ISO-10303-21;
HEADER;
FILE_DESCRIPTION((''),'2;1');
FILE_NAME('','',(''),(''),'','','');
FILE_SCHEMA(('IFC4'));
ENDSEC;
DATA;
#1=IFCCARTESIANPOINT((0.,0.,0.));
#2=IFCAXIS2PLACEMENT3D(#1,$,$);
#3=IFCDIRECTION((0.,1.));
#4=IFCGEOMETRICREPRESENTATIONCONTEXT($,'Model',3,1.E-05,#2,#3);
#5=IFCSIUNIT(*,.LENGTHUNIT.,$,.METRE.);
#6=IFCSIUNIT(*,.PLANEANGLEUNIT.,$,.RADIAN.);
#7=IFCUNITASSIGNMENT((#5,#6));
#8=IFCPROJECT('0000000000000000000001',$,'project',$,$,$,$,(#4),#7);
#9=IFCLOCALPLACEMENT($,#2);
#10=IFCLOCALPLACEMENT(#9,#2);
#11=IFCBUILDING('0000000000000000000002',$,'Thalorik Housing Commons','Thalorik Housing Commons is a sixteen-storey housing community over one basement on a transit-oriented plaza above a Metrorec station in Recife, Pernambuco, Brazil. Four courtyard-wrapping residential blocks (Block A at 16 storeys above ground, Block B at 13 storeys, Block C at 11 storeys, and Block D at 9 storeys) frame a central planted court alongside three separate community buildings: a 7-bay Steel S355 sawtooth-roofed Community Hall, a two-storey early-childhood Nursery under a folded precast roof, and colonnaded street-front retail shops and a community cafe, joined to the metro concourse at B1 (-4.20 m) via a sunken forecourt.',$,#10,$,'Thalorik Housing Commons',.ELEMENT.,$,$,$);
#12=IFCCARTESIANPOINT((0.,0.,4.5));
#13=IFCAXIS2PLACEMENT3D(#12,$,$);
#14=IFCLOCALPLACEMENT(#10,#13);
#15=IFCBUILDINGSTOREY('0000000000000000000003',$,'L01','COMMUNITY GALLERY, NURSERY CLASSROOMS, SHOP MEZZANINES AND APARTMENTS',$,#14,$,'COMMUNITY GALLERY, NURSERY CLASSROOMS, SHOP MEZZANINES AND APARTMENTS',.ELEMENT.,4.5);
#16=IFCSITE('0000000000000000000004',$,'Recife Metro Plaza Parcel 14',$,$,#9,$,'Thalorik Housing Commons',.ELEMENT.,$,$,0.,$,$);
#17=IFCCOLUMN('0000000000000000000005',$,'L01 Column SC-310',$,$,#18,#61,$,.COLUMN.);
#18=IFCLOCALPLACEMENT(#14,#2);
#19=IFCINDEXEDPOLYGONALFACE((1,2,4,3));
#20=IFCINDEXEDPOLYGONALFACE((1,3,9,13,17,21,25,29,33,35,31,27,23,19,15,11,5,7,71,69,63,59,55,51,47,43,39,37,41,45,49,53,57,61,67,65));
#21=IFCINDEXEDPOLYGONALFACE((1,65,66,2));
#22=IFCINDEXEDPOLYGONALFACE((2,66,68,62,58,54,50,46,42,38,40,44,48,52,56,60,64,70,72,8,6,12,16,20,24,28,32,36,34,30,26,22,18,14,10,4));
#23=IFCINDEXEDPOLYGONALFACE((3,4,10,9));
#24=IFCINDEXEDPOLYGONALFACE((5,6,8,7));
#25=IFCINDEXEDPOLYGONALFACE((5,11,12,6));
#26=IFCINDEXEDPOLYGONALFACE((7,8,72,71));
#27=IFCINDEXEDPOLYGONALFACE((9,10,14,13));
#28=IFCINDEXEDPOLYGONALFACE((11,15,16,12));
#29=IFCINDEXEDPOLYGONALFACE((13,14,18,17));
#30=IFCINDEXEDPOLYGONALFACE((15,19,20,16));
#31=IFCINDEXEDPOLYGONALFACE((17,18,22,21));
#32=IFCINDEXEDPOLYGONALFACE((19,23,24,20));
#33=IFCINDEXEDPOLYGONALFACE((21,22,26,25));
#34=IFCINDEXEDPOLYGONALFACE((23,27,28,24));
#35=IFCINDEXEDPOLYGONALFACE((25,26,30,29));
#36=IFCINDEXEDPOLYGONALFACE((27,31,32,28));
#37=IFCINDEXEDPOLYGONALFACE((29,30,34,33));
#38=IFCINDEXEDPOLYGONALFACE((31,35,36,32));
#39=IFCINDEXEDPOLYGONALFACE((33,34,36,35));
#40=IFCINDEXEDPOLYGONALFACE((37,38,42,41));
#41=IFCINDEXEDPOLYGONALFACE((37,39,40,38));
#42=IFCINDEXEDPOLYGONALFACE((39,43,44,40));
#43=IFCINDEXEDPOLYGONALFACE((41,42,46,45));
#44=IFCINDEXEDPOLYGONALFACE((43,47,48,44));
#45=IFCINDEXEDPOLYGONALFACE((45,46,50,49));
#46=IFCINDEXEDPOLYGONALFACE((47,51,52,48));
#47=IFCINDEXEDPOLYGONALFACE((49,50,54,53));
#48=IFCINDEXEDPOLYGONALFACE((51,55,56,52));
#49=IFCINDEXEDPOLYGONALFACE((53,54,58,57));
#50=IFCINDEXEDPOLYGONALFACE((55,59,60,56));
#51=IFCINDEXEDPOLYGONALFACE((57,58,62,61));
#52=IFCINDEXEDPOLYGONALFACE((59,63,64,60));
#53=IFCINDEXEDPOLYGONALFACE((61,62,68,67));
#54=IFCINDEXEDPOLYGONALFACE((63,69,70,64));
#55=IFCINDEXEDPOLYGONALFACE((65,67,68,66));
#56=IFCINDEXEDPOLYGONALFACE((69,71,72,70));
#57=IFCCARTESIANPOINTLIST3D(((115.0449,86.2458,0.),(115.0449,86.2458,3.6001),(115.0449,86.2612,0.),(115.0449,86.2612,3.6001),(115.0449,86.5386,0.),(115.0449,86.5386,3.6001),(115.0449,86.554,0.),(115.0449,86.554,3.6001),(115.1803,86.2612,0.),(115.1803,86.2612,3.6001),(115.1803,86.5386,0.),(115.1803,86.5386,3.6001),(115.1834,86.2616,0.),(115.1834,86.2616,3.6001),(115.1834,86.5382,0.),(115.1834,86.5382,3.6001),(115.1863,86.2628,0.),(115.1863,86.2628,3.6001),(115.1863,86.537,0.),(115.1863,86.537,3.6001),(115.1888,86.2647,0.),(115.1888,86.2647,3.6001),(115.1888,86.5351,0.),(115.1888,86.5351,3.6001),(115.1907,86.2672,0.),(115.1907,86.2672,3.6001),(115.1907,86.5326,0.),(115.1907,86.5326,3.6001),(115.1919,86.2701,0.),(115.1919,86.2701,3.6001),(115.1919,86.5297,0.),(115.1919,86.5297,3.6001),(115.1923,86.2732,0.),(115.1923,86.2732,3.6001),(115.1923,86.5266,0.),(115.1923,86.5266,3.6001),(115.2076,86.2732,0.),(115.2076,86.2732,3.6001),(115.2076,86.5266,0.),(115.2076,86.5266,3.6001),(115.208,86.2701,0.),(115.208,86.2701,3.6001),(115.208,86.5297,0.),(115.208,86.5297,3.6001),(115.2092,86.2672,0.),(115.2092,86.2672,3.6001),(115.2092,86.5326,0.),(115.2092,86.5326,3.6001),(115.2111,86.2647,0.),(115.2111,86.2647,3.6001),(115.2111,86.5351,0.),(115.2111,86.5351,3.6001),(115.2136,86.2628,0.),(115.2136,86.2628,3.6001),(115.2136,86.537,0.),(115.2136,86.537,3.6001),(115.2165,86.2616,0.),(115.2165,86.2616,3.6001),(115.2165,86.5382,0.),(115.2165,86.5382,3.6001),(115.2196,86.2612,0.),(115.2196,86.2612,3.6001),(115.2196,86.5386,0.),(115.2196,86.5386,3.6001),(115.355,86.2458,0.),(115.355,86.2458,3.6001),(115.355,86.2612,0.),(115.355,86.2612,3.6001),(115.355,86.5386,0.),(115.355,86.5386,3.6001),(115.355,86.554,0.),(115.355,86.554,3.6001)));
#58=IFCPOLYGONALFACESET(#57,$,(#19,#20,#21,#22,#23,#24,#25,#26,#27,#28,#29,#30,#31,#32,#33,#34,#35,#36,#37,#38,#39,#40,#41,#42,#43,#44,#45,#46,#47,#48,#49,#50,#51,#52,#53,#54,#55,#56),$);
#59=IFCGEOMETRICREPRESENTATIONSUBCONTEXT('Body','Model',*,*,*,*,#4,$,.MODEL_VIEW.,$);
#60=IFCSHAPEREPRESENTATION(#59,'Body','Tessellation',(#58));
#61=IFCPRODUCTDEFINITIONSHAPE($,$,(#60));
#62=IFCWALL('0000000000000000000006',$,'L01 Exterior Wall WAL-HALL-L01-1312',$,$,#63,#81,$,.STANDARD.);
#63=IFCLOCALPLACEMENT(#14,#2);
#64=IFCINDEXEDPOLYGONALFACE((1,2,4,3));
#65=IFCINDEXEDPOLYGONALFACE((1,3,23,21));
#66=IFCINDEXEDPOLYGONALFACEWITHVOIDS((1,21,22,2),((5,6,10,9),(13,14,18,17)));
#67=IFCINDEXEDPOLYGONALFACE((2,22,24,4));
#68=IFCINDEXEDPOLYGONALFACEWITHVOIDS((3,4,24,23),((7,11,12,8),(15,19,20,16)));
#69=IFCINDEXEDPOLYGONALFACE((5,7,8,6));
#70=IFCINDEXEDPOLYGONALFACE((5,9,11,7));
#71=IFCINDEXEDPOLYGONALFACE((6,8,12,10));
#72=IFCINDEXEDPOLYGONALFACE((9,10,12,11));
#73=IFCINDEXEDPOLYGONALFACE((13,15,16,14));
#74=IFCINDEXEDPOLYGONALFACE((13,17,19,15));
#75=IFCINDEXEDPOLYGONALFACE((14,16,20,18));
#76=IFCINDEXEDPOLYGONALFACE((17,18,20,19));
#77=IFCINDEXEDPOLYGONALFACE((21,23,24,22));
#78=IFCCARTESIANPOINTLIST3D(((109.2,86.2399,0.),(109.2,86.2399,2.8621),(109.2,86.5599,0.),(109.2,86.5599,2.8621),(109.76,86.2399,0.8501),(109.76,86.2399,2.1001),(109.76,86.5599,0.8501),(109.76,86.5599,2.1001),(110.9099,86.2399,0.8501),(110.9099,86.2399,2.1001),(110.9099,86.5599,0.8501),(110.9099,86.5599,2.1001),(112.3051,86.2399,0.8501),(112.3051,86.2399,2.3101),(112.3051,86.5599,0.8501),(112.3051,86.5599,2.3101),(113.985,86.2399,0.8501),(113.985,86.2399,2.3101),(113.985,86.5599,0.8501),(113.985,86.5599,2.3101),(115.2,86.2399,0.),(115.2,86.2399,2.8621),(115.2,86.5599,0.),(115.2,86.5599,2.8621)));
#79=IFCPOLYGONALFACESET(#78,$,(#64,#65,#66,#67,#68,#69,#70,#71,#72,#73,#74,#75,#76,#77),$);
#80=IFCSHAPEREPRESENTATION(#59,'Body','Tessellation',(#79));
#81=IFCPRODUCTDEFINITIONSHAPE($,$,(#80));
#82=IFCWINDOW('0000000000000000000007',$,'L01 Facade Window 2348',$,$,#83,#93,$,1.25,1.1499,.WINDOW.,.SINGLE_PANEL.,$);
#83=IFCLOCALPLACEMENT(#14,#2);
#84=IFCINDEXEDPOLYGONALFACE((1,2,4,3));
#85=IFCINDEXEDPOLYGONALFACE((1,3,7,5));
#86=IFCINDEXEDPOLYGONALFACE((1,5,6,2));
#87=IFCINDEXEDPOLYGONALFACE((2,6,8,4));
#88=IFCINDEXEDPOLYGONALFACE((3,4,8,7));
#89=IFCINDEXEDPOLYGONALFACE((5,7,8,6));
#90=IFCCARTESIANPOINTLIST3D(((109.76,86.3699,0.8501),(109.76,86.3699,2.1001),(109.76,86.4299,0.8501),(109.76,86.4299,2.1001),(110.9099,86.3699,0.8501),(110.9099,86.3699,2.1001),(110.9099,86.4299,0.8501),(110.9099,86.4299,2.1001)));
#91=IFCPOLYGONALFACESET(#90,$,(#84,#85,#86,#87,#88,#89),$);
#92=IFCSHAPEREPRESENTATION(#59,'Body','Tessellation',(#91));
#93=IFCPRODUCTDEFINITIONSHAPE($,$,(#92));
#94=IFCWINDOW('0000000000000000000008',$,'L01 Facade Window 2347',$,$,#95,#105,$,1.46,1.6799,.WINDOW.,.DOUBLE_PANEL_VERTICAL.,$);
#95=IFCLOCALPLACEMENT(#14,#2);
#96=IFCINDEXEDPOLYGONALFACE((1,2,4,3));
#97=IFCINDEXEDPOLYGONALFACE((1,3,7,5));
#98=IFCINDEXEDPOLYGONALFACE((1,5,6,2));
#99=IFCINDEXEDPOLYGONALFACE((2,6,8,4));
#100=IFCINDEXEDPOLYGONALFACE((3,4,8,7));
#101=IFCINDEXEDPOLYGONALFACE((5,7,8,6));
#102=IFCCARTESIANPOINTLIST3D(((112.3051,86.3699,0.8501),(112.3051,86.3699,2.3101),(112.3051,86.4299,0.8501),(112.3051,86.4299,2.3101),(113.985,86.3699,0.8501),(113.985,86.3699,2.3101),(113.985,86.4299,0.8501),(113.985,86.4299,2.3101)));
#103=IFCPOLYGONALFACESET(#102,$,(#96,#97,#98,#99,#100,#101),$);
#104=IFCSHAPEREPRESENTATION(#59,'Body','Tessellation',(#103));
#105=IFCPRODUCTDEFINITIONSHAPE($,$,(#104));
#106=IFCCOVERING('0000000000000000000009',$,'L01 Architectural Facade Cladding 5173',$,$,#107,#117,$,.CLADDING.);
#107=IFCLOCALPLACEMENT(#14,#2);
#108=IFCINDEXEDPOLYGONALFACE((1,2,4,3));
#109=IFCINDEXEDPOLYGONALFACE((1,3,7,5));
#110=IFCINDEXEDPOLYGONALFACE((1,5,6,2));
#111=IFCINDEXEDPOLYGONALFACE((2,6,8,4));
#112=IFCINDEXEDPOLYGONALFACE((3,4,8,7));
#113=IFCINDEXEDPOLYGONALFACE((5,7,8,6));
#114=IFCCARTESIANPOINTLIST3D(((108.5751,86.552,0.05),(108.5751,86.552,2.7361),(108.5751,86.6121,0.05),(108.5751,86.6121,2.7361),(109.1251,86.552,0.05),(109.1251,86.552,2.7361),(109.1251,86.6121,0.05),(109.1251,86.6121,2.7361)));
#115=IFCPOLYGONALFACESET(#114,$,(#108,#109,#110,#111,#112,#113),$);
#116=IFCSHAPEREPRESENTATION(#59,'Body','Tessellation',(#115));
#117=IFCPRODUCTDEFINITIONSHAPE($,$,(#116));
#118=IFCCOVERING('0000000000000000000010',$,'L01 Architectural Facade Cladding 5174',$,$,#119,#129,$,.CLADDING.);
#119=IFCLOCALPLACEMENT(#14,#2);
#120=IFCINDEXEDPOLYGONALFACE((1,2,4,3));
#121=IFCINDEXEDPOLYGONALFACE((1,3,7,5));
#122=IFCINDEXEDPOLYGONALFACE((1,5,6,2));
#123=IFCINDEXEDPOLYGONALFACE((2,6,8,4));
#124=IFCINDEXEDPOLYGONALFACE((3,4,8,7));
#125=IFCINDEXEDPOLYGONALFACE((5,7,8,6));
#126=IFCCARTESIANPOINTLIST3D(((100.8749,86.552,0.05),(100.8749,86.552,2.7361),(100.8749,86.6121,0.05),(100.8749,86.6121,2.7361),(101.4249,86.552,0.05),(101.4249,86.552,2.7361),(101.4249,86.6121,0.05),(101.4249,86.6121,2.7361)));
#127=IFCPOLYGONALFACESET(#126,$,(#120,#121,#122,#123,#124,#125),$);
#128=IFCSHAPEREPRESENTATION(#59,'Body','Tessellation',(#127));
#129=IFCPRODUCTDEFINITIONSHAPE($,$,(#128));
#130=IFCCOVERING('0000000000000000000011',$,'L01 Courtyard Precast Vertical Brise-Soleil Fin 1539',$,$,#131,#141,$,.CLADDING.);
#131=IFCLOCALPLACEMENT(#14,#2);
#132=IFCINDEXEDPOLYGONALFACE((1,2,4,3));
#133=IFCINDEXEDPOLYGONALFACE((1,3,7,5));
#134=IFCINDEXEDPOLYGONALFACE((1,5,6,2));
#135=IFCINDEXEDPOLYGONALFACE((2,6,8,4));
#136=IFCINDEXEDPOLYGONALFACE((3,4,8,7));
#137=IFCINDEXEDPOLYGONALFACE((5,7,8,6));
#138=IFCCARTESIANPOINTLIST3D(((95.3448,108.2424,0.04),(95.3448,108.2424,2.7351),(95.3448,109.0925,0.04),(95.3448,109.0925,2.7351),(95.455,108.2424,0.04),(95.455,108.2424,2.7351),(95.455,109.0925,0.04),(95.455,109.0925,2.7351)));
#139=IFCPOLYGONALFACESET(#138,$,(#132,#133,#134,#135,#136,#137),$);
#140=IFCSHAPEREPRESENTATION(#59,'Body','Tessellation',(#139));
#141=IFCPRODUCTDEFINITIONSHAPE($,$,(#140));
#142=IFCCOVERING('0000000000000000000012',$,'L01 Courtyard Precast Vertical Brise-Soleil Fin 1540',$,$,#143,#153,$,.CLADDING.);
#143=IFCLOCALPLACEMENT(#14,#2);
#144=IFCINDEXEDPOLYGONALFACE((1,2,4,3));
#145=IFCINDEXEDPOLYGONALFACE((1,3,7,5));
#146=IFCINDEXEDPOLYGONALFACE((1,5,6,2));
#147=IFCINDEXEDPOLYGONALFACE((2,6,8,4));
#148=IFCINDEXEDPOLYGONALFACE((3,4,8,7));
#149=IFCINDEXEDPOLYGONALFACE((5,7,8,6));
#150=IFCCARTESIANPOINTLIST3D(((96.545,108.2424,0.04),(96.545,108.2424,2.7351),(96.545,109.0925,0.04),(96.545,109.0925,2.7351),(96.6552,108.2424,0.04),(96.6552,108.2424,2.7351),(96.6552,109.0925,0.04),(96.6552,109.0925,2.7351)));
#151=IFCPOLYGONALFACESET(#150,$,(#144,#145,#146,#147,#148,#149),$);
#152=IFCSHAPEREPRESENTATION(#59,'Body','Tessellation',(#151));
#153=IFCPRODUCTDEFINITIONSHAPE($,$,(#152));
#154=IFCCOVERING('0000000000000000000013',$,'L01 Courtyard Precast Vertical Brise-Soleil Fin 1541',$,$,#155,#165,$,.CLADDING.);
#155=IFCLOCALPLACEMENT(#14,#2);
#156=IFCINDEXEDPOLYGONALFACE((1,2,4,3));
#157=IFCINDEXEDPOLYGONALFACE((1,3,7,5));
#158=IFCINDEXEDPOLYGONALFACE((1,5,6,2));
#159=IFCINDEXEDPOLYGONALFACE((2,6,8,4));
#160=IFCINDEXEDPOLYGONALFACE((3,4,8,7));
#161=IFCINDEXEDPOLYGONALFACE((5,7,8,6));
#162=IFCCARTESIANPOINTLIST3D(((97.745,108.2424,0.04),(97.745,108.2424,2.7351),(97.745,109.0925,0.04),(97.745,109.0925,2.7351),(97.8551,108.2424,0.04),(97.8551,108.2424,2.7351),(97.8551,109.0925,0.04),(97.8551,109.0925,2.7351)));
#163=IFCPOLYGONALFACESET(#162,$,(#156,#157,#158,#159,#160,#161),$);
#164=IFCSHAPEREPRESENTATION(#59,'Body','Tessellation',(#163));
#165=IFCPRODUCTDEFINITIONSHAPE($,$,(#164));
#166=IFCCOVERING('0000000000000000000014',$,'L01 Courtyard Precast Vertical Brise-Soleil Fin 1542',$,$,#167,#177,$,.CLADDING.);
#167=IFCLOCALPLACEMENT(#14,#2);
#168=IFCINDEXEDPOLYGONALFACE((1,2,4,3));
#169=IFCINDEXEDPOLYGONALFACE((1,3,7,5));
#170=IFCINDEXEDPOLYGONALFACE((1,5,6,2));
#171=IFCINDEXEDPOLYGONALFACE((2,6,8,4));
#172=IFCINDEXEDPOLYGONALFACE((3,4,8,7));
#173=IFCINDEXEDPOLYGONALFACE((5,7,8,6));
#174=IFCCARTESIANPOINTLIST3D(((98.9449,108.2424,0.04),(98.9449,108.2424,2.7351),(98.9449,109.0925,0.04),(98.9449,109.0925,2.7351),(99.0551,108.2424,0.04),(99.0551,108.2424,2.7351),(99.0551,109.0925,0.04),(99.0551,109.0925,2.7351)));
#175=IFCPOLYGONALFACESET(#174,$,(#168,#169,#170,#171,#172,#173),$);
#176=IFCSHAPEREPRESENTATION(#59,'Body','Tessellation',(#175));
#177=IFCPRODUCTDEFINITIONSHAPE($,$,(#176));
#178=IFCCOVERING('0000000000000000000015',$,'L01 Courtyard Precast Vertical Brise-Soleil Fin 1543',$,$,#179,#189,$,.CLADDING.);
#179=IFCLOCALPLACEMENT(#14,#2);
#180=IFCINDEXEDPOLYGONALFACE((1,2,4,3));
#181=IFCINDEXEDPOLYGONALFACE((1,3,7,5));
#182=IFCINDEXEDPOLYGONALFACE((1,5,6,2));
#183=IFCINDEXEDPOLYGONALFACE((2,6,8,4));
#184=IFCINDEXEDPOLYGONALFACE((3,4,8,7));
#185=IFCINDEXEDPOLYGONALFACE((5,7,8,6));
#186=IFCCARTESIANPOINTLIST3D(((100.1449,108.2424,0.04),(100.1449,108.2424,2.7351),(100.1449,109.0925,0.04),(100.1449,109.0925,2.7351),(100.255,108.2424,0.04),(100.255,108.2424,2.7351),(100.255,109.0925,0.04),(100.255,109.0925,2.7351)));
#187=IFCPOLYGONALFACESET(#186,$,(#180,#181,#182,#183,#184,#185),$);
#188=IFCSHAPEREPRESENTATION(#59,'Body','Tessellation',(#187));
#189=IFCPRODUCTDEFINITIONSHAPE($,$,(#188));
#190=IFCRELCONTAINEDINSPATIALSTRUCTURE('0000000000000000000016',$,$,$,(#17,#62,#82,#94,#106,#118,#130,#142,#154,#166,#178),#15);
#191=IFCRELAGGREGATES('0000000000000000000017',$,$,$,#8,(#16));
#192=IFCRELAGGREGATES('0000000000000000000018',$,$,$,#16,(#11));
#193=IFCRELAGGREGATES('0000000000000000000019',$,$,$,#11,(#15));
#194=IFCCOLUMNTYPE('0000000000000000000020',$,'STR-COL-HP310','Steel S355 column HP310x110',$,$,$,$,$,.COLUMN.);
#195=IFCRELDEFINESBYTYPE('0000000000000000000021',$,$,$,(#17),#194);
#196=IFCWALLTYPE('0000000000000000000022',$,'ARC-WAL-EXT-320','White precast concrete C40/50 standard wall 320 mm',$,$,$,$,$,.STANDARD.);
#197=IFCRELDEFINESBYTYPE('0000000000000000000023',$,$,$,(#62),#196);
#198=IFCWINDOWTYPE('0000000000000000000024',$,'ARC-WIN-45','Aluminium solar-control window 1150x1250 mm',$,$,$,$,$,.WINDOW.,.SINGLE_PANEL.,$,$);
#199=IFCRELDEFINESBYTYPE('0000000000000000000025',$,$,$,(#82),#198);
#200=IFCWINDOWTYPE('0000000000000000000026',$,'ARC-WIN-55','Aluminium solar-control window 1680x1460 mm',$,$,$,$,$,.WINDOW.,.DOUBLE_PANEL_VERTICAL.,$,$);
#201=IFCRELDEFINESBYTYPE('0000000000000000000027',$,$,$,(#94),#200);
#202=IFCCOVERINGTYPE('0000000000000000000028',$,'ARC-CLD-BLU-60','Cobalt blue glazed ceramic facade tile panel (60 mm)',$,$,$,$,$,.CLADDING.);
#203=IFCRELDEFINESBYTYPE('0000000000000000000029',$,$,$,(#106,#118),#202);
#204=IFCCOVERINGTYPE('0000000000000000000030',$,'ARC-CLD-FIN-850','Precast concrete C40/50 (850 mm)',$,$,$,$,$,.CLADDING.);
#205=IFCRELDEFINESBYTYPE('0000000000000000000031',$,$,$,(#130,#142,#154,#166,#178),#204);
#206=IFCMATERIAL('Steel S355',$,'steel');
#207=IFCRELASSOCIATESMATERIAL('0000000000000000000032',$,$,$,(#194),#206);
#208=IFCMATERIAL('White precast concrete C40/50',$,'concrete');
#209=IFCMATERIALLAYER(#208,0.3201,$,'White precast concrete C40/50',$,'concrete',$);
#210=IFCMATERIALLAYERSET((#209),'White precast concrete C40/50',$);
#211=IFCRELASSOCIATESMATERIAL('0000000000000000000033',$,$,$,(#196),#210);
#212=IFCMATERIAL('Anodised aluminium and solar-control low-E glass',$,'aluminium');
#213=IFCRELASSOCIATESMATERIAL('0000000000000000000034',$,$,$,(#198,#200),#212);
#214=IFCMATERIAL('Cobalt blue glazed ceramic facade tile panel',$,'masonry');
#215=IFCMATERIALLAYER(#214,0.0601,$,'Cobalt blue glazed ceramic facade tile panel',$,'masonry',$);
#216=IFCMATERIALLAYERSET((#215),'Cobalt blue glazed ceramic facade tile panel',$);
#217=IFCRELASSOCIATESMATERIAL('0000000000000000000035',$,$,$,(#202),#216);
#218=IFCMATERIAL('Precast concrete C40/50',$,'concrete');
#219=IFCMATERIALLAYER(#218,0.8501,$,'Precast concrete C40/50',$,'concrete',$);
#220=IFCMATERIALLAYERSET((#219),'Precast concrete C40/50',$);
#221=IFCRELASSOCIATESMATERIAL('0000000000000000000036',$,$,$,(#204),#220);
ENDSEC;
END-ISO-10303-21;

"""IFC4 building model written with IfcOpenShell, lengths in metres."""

from ifc_helpers import new_model, si_unit, direction, frame, frame_2d, origin, origin_2d, place, context, subcontext, project, spatial, rectangle, i_section, extrude, material, layer, layer_set, material_profile, profile_set, type_object, element, fill, save


model = new_model("IFC4")

# Units and contexts
model_context = context("Model", 3, precision=1e-05, world=origin(), true_north=direction((0.0, 1.0)))
body_context = subcontext(model_context, "Body", "Model", "MODEL_VIEW")
ifc_project = project(units=[si_unit("LENGTHUNIT", "METRE"), si_unit("PLANEANGLEUNIT", "RADIAN")], contexts=[model_context])

# Site, building, storey
site_placement = place(None, origin())
site = spatial("IfcSite", under=ifc_project, at=site_placement, Name="Recife Metro Plaza Parcel 14", LongName="Thalorik Housing Commons", CompositionType="ELEMENT", RefElevation=0.0)
building_placement = place(site_placement, origin())
building = spatial("IfcBuilding", under=site, at=building_placement, Name="Thalorik Housing Commons", Description="Thalorik Housing Commons is a sixteen-storey housing community over one basement on a transit-oriented plaza above a Metrorec station in Recife, Pernambuco, Brazil. Four courtyard-wrapping residential blocks (Block A at 16 storeys above ground, Block B at 13 storeys, Block C at 11 storeys, and Block D at 9 storeys) frame a central planted court alongside three separate community buildings: a 7-bay Steel S355 sawtooth-roofed Community Hall, a two-storey early-childhood Nursery under a folded precast roof, and colonnaded street-front retail shops and a community cafe, joined to the metro concourse at B1 (-4.20 m) via a sunken forecourt.", LongName="Thalorik Housing Commons", CompositionType="ELEMENT")
storey_placement = place(building_placement, frame((0.0, 0.0, 4.5)))
storey = spatial("IfcBuildingStorey", under=building, at=storey_placement, Name="L01", Description="COMMUNITY GALLERY, NURSERY CLASSROOMS, SHOP MEZZANINES AND APARTMENTS", LongName="COMMUNITY GALLERY, NURSERY CLASSROOMS, SHOP MEZZANINES AND APARTMENTS", CompositionType="ELEMENT", Elevation=4.5)

# Column
ifc_material_1 = material(Name="Steel S355", Category="steel")
ifc_material_profile = material_profile(ifc_material_1, i_section(OverallWidth=0.3101, OverallDepth=0.3081, WebThickness=0.0154, FlangeThickness=0.0154, FilletRadius=0.012, at=origin_2d()), Name="HP310x110", Category="steel")
ifc_profile_set = profile_set([ifc_material_profile], Name="Steel S355")
column_type = type_object("IfcColumnType", Name="STR-COL-HP310", Description="Steel S355 column HP310x110", PredefinedType="COLUMN", material=ifc_profile_set)
column_placement = place(storey_placement, frame((115.2, 86.3999, 0.0), z_axis=(0.0, 0.0, 1.0), x_axis=(1.0, 0.0, 0.0)))
element("IfcColumn", 1, at=column_placement, inside=storey, type_object=column_type, Name="L01 Column SC-310", PredefinedType="COLUMN", context=body_context, shape_type="SweptSolid", body=[
    extrude(i_section(OverallWidth=0.3101, OverallDepth=0.3081, WebThickness=0.0154, FlangeThickness=0.0154, FilletRadius=0.012, at=origin_2d()), origin(), (0.0, 0.0, 1.0), 3.6001),
])

# Wall, openings, windows
ifc_material_2 = material(Name="White precast concrete C40/50", Category="concrete")
ifc_layer_1 = layer(ifc_material_2, 0.3201, Name="White precast concrete C40/50", Category="concrete")
ifc_layer_set_1 = layer_set([ifc_layer_1], Name="White precast concrete C40/50")
wall_type = type_object("IfcWallType", Name="ARC-WAL-EXT-320", Description="White precast concrete C40/50 standard wall 320 mm", PredefinedType="STANDARD", material=ifc_layer_set_1)
wall_placement = place(storey_placement, frame((115.2, 86.3999, 0.0), z_axis=(0.0, 0.0, 1.0), x_axis=(-1.0, 0.0, 0.0)))
wall = element("IfcWall", 2, at=wall_placement, inside=storey, type_object=wall_type, Name="L01 Exterior Wall WAL-HALL-L01-1312", PredefinedType="STANDARD", context=body_context, shape_type="SweptSolid", body=[
    extrude(rectangle(XDim=6.0, YDim=0.3201, at=frame_2d((3.0, 0.0))), origin(), (0.0, 0.0, 1.0), 2.8621),
])
opening_1_placement = place(wall_placement, frame((1.2151, 0.0, 0.8501)))
opening_1 = element("IfcOpeningElement", 3, at=opening_1_placement, cuts=wall, PredefinedType="OPENING", context=body_context, shape_type="SweptSolid", body=[
    extrude(rectangle(XDim=1.6799, YDim=1.46, at=frame_2d((0.8398, 0.73))), frame((0.0, 0.1699, 0.0), z_axis=(0.0, -1.0, 0.0), x_axis=(1.0, 0.0, 0.0)), (0.0, 0.0, 1.0), 0.3401),
])
opening_2_placement = place(wall_placement, frame((4.29, 0.0, 0.8501)))
opening_2 = element("IfcOpeningElement", 4, at=opening_2_placement, cuts=wall, PredefinedType="OPENING", context=body_context, shape_type="SweptSolid", body=[
    extrude(rectangle(XDim=1.1499, YDim=1.25, at=frame_2d((0.575, 0.625))), frame((0.0, 0.1699, 0.0), z_axis=(0.0, -1.0, 0.0), x_axis=(1.0, 0.0, 0.0)), (0.0, 0.0, 1.0), 0.3401),
])
ifc_material_3 = material(Name="Anodised aluminium and solar-control low-E glass", Category="aluminium")
window_type_1 = type_object("IfcWindowType", Name="ARC-WIN-45", Description="Aluminium solar-control window 1150x1250 mm", PartitioningType="SINGLE_PANEL", PredefinedType="WINDOW", material=ifc_material_3)
window_1_placement = place(opening_2_placement, origin())
window_1 = element("IfcWindow", 5, at=window_1_placement, inside=storey, type_object=window_type_1, Name="L01 Facade Window 2348", OverallHeight=1.25, OverallWidth=1.1499, PartitioningType="SINGLE_PANEL", PredefinedType="WINDOW", context=body_context, shape_type="SweptSolid", body=[
    extrude(rectangle(XDim=1.1499, YDim=1.25, at=frame_2d((0.575, 0.625))), frame((0.0, 0.03, 0.0), z_axis=(0.0, -1.0, 0.0), x_axis=(1.0, 0.0, 0.0)), (0.0, 0.0, 1.0), 0.0601),
])
fill(opening_2, window_1)
window_type_2 = type_object("IfcWindowType", Name="ARC-WIN-55", Description="Aluminium solar-control window 1680x1460 mm", PartitioningType="DOUBLE_PANEL_VERTICAL", PredefinedType="WINDOW", material=ifc_material_3)
window_2_placement = place(opening_1_placement, origin())
window_2 = element("IfcWindow", 6, at=window_2_placement, inside=storey, type_object=window_type_2, Name="L01 Facade Window 2347", OverallHeight=1.46, OverallWidth=1.6799, PartitioningType="DOUBLE_PANEL_VERTICAL", PredefinedType="WINDOW", context=body_context, shape_type="SweptSolid", body=[
    extrude(rectangle(XDim=1.6799, YDim=1.46, at=frame_2d((0.8398, 0.73))), frame((0.0, 0.03, 0.0), z_axis=(0.0, -1.0, 0.0), x_axis=(1.0, 0.0, 0.0)), (0.0, 0.0, 1.0), 0.0601),
])
fill(opening_1, window_2)

# Coverings
ifc_material_4 = material(Name="Cobalt blue glazed ceramic facade tile panel", Category="masonry")
ifc_layer_2 = layer(ifc_material_4, 0.0601, Name="Cobalt blue glazed ceramic facade tile panel", Category="masonry")
ifc_layer_set_2 = layer_set([ifc_layer_2], Name="Cobalt blue glazed ceramic facade tile panel")
covering_type_1 = type_object("IfcCoveringType", Name="ARC-CLD-BLU-60", Description="Cobalt blue glazed ceramic facade tile panel (60 mm)", PredefinedType="CLADDING", material=ifc_layer_set_2)
for number, where, z_axis, x_axis, name in (
    (7, (108.8501, 86.582, 0.05), (0.0, 0.0, 1.0), (-1.0, 0.0, 0.0), "L01 Architectural Facade Cladding 5173"),
    (8, (101.1499, 86.582, 0.05), (0.0, 0.0, 1.0), (-1.0, 0.0, 0.0), "L01 Architectural Facade Cladding 5174"),
):
    element("IfcCovering", number, at=place(storey_placement, frame(where, z_axis=z_axis, x_axis=x_axis)), inside=storey, type_object=covering_type_1, Name=name, PredefinedType="CLADDING", context=body_context, shape_type="SweptSolid", body=[
        extrude(rectangle(XDim=0.55, YDim=0.0601, at=origin_2d()), origin(), (0.0, 0.0, 1.0), 2.686),
    ])
ifc_material_5 = material(Name="Precast concrete C40/50", Category="concrete")
ifc_layer_3 = layer(ifc_material_5, 0.8501, Name="Precast concrete C40/50", Category="concrete")
ifc_layer_set_3 = layer_set([ifc_layer_3], Name="Precast concrete C40/50")
covering_type_2 = type_object("IfcCoveringType", Name="ARC-CLD-FIN-850", Description="Precast concrete C40/50 (850 mm)", PredefinedType="CLADDING", material=ifc_layer_set_3)
for number, where, z_axis, x_axis, name in (
    (9, (95.3999, 108.6675, 0.04), (0.0, 0.0, 1.0), (1.0, 0.0, 0.0), "L01 Courtyard Precast Vertical Brise-Soleil Fin 1539"),
    (10, (96.6001, 108.6675, 0.04), (0.0, 0.0, 1.0), (1.0, 0.0, 0.0), "L01 Courtyard Precast Vertical Brise-Soleil Fin 1540"),
    (11, (97.8, 108.6675, 0.04), (0.0, 0.0, 1.0), (1.0, 0.0, 0.0), "L01 Courtyard Precast Vertical Brise-Soleil Fin 1541"),
    (12, (99.0, 108.6675, 0.04), (0.0, 0.0, 1.0), (1.0, 0.0, 0.0), "L01 Courtyard Precast Vertical Brise-Soleil Fin 1542"),
    (13, (100.2, 108.6675, 0.04), (0.0, 0.0, 1.0), (1.0, 0.0, 0.0), "L01 Courtyard Precast Vertical Brise-Soleil Fin 1543"),
):
    element("IfcCovering", number, at=place(storey_placement, frame(where, z_axis=z_axis, x_axis=x_axis)), inside=storey, type_object=covering_type_2, Name=name, PredefinedType="CLADDING", context=body_context, shape_type="SweptSolid", body=[
        extrude(rectangle(XDim=0.1101, YDim=0.8501, at=origin_2d()), origin(), (0.0, 0.0, 1.0), 2.6951),
    ])

save(model, "model.ifc")
